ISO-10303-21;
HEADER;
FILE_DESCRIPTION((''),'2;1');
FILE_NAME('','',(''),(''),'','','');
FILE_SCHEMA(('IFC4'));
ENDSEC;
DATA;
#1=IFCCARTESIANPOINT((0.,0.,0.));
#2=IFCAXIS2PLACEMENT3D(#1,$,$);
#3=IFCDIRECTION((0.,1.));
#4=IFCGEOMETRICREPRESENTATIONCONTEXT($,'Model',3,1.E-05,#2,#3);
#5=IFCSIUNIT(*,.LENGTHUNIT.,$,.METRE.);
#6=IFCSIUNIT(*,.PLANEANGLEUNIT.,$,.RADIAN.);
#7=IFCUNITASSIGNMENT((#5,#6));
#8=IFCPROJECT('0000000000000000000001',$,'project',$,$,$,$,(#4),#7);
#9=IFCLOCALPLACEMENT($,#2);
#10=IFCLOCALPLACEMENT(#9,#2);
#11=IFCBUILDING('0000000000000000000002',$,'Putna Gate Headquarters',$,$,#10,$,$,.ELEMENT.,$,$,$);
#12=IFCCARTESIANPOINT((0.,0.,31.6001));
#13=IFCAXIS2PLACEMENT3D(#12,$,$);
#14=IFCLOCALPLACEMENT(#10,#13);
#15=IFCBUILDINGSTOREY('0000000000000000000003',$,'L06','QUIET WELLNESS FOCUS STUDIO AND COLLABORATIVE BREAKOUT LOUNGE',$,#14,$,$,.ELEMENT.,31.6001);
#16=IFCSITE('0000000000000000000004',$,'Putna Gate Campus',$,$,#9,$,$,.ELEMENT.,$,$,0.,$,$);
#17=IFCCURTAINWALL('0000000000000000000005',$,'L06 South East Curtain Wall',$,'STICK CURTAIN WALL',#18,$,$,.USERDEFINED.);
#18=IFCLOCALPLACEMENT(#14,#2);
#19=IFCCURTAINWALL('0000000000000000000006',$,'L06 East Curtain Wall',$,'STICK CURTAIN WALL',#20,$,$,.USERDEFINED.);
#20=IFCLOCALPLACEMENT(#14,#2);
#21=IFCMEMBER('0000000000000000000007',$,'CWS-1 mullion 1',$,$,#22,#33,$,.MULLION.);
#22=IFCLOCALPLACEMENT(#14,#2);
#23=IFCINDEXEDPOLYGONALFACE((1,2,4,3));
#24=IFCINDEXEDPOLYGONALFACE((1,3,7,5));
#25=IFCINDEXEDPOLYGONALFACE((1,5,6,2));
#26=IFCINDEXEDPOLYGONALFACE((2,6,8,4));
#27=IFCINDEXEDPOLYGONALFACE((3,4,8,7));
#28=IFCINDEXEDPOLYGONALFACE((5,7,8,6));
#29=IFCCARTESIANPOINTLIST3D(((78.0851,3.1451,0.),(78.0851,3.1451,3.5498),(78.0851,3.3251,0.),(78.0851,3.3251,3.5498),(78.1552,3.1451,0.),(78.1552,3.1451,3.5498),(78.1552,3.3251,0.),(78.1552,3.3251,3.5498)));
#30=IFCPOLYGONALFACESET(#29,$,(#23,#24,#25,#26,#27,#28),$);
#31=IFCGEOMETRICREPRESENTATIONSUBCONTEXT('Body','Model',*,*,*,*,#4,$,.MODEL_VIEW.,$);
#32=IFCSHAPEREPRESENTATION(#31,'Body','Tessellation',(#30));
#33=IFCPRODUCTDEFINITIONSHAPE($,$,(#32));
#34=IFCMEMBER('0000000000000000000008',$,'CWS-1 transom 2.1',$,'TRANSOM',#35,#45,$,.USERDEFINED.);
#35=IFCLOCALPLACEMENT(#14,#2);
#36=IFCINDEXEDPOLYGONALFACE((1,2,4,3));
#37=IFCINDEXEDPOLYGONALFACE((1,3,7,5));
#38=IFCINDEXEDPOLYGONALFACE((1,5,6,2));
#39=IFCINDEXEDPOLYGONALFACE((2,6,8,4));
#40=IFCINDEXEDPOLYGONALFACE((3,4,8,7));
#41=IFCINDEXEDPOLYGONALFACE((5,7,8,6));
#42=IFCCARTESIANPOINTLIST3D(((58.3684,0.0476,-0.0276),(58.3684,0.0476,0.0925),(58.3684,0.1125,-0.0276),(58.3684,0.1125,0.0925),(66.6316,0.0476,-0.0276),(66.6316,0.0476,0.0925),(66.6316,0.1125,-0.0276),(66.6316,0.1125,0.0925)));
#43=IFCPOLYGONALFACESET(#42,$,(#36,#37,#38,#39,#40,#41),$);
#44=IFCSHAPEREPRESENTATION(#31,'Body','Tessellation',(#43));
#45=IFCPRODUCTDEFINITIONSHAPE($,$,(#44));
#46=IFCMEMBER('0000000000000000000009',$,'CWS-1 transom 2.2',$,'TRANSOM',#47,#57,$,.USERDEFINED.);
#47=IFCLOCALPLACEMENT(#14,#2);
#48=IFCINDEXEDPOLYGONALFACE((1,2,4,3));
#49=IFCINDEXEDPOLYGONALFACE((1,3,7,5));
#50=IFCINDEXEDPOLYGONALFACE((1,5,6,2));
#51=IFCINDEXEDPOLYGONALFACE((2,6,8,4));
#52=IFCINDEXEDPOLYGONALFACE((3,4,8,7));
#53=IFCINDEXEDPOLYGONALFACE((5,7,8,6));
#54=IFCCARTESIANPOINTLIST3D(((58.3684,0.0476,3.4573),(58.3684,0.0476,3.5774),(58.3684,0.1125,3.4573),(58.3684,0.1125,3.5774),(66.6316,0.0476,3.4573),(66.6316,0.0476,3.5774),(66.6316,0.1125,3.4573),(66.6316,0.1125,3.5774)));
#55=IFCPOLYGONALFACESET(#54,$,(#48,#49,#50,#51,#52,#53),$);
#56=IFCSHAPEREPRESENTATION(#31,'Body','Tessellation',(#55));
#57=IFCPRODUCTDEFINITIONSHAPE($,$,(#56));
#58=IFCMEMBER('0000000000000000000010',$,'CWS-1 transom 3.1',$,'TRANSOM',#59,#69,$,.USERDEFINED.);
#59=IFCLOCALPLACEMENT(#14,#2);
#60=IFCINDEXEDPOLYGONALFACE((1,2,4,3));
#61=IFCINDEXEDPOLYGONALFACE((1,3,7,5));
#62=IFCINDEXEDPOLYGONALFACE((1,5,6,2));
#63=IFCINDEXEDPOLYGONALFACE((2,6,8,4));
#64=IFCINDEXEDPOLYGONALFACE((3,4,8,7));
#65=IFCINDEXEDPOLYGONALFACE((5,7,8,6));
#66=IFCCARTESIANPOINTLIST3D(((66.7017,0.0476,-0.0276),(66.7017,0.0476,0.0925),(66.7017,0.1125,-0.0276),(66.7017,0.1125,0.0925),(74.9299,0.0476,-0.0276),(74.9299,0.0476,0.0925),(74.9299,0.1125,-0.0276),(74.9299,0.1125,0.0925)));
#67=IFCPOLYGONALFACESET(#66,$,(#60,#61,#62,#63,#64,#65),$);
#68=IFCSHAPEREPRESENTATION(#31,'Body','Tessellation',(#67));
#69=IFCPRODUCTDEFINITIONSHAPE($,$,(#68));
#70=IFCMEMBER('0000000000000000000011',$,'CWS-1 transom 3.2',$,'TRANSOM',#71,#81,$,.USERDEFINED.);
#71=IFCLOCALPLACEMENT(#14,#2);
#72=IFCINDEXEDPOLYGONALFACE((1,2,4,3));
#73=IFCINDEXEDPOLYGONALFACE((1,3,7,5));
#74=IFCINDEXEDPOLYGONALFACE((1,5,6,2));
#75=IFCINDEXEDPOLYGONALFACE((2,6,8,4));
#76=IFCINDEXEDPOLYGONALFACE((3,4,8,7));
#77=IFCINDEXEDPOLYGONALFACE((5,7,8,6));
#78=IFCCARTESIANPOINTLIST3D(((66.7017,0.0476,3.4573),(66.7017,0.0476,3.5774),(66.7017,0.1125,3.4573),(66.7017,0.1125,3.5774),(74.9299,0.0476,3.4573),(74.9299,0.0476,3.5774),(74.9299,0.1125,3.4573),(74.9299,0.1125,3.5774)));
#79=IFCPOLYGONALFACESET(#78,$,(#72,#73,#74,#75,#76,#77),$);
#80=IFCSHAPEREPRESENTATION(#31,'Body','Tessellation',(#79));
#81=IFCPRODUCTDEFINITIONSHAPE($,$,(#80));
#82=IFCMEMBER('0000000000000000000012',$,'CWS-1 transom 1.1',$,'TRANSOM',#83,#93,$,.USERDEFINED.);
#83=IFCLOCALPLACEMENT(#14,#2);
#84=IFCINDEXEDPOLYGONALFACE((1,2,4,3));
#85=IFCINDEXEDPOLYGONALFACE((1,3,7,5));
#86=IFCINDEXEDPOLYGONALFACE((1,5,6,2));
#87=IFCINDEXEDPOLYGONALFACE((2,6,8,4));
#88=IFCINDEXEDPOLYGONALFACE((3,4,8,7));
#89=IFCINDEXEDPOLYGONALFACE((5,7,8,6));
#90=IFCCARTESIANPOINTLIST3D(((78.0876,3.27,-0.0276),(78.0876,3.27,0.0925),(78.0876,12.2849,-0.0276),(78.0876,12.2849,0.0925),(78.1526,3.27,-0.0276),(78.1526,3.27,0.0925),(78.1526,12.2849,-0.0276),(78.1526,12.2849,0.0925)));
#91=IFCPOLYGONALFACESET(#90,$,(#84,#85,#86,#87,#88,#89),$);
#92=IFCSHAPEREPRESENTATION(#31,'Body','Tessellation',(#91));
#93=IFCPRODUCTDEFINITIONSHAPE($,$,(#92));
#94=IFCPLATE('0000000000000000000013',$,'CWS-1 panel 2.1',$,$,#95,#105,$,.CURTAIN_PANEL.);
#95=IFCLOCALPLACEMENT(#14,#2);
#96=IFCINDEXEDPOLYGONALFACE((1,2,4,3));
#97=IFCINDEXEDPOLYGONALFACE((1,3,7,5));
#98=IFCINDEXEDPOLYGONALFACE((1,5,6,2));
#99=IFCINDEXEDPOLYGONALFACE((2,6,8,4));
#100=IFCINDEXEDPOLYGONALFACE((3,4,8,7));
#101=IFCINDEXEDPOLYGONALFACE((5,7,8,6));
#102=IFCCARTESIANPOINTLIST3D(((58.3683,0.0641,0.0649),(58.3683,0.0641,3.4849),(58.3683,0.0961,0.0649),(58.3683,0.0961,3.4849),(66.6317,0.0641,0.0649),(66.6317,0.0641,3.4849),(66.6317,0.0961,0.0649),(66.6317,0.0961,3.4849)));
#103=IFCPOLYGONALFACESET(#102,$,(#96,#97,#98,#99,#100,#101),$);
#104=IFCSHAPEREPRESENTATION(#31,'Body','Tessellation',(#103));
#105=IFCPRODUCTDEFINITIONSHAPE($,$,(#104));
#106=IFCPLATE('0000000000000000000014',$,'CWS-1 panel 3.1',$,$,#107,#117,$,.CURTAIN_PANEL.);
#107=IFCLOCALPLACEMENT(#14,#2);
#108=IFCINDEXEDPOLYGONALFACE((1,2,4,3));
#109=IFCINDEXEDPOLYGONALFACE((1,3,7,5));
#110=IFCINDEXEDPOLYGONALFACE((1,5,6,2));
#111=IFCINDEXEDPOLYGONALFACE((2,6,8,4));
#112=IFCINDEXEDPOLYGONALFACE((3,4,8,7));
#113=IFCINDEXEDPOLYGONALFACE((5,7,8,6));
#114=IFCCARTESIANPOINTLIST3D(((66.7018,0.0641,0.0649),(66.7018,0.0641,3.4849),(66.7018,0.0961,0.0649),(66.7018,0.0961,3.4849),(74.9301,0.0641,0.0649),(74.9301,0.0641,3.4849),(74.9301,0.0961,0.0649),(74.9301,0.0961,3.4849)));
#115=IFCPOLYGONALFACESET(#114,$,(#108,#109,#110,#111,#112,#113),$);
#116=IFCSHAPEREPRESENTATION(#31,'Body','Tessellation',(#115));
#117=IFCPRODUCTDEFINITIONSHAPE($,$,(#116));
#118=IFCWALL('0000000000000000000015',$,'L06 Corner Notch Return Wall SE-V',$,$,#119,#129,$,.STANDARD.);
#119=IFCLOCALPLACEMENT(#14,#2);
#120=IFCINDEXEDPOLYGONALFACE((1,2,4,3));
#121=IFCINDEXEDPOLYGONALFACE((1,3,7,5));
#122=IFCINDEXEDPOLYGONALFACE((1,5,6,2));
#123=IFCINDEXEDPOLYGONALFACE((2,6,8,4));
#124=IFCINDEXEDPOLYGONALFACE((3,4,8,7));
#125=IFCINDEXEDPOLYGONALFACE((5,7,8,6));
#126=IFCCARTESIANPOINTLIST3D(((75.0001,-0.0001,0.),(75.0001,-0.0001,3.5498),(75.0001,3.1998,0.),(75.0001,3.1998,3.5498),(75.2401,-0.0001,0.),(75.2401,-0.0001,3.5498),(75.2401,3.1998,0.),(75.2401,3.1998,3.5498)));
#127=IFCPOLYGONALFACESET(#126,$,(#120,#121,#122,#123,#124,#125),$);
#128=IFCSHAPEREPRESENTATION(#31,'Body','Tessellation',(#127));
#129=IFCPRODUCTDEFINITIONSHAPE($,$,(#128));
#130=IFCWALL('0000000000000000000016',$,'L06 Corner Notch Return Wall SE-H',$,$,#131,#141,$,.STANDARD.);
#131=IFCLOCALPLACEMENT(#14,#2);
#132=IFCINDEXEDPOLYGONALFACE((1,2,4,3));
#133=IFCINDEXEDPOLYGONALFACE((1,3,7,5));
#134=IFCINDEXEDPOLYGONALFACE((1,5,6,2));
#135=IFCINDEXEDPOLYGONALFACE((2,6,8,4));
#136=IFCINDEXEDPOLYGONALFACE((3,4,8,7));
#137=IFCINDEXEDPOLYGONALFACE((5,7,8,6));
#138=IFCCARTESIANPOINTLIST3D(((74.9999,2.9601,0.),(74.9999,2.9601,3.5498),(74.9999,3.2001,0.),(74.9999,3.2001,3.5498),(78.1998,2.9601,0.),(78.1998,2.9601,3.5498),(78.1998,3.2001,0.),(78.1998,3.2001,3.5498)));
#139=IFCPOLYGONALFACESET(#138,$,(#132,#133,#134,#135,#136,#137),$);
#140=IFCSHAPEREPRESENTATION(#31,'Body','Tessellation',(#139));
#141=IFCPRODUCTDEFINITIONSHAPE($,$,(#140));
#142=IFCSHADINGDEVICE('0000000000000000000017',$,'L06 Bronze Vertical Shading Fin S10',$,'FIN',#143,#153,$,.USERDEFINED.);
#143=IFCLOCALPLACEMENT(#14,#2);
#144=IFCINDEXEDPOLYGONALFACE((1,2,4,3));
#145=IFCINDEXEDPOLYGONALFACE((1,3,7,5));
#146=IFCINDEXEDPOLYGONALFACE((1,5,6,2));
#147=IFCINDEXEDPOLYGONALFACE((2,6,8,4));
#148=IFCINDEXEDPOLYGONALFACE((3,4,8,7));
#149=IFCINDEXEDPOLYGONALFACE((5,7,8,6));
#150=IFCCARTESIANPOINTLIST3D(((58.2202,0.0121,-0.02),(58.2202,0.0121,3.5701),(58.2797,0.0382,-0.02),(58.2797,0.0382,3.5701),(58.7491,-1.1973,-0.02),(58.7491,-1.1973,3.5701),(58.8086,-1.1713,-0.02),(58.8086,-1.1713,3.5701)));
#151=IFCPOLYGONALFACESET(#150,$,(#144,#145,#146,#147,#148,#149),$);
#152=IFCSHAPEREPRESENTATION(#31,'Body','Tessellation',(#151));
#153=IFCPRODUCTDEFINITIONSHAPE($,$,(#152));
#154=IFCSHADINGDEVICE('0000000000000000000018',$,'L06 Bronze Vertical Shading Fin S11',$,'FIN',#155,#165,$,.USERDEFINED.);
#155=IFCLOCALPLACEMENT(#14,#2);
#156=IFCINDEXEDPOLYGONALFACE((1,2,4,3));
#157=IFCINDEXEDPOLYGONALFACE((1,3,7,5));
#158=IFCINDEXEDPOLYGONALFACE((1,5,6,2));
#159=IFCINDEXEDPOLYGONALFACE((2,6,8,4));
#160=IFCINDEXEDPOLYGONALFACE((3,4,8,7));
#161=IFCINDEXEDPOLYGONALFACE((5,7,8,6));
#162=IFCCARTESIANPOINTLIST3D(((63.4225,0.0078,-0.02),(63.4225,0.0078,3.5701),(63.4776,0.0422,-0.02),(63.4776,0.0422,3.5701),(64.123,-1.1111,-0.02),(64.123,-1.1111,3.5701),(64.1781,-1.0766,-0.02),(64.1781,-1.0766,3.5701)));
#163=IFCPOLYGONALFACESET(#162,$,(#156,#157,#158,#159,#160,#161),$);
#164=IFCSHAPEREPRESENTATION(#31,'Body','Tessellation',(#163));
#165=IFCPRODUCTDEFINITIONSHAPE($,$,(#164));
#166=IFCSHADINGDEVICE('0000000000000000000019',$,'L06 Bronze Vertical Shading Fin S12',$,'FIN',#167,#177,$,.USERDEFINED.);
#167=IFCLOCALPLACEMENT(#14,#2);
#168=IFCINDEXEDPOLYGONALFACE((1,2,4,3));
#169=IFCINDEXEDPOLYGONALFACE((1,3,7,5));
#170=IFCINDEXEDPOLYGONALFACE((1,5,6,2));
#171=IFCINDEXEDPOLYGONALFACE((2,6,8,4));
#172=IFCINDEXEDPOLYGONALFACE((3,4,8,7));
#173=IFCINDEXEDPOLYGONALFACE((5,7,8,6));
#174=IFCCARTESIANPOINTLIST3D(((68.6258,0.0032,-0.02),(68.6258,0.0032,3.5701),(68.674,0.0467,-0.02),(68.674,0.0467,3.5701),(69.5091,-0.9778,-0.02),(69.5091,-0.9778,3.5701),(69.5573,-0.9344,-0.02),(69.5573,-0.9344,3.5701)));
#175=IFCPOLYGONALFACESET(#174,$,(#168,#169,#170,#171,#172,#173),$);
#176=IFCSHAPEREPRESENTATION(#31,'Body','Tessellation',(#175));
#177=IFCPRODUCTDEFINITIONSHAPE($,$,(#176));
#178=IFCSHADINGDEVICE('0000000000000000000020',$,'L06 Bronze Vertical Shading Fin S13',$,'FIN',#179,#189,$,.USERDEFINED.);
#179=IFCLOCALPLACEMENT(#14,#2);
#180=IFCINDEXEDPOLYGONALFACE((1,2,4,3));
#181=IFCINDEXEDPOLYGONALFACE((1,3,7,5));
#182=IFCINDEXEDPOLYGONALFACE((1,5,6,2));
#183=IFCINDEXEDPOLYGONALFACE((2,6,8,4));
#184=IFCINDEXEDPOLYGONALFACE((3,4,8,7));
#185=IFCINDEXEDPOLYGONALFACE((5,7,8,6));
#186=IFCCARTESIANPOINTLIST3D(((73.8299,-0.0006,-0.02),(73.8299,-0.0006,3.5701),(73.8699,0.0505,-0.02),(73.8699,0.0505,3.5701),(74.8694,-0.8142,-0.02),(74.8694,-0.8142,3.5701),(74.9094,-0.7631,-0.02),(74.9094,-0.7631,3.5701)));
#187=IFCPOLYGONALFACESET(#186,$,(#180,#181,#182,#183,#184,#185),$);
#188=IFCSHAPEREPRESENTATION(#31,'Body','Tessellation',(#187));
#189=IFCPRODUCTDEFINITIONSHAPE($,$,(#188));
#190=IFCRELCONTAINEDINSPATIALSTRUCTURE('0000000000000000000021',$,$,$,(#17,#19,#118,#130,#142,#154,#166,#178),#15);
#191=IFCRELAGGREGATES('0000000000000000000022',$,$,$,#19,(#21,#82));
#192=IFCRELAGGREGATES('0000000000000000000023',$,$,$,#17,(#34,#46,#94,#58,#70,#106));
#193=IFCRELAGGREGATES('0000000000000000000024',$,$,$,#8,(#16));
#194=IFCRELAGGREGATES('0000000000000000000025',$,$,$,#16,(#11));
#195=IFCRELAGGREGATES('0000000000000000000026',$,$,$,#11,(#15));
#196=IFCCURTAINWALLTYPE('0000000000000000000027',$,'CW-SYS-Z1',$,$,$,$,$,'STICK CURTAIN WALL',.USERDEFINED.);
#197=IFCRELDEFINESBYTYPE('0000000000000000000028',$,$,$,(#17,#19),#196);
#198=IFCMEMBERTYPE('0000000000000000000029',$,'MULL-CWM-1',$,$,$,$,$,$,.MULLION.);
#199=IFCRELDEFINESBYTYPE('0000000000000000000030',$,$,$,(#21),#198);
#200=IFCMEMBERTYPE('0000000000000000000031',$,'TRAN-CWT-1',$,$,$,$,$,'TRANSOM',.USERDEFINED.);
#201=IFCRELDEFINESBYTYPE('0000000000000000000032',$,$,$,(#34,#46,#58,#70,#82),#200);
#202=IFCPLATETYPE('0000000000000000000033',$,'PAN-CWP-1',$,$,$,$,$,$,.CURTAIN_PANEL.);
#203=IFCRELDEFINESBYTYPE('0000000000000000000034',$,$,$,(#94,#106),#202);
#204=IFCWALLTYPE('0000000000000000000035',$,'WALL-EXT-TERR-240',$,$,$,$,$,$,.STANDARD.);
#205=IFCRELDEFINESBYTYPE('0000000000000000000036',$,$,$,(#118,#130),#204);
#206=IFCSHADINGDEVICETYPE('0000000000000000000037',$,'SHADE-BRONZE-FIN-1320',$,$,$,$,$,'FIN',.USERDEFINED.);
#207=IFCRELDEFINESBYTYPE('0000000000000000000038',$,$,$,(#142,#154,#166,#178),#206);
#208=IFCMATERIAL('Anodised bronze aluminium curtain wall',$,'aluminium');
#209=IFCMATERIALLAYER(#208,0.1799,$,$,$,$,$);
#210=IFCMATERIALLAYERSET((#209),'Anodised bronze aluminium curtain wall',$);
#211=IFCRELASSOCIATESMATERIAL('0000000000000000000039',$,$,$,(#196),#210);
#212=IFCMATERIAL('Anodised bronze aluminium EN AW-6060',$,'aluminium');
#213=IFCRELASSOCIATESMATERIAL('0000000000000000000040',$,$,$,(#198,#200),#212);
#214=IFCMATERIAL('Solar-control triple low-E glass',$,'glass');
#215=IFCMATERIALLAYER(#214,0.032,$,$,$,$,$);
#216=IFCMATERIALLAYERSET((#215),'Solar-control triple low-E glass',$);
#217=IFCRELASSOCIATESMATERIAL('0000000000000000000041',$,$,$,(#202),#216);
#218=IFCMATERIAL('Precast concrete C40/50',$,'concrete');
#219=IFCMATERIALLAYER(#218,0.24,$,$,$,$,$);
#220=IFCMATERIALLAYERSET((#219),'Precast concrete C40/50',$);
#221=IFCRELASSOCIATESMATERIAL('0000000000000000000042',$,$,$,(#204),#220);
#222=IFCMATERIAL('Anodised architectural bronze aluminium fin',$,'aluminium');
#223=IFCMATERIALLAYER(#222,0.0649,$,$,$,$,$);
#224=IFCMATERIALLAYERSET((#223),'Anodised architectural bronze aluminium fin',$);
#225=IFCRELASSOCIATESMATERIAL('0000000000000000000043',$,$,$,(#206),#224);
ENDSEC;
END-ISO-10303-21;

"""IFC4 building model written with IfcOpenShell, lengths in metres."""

from ifc_helpers import new_model, si_unit, direction, frame, frame_2d, origin, origin_2d, place, context, subcontext, project, spatial, rectangle, extrude, material, layer, layer_set, material_profile, profile_set, type_object, element, aggregate, save


model = new_model("IFC4")

# Units and contexts
model_context = context("Model", 3, precision=1e-05, world=origin(), true_north=direction((0.0, 1.0)))
body_context = subcontext(model_context, "Body", "Model", "MODEL_VIEW")
ifc_project = project(units=[si_unit("LENGTHUNIT", "METRE"), si_unit("PLANEANGLEUNIT", "RADIAN")], contexts=[model_context])

# Site, building, storey
site_placement = place(None, origin())
site = spatial("IfcSite", under=ifc_project, at=site_placement, Name="Putna Gate Campus", CompositionType="ELEMENT", RefElevation=0.0)
building_placement = place(site_placement, origin())
building = spatial("IfcBuilding", under=site, at=building_placement, Name="Putna Gate Headquarters", CompositionType="ELEMENT")
storey_placement = place(building_placement, frame((0.0, 0.0, 31.6001)))
storey = spatial("IfcBuildingStorey", under=building, at=storey_placement, Name="L06", Description="QUIET WELLNESS FOCUS STUDIO AND COLLABORATIVE BREAKOUT LOUNGE", CompositionType="ELEMENT", Elevation=31.6001)

# Curtain wall
ifc_material_1 = material(Name="Anodised bronze aluminium curtain wall", Category="aluminium")
ifc_layer_1 = layer(ifc_material_1, 0.1799)
ifc_layer_set_1 = layer_set([ifc_layer_1], Name="Anodised bronze aluminium curtain wall")
curtain_wall_type = type_object("IfcCurtainWallType", Name="CW-SYS-Z1", ElementType="STICK CURTAIN WALL", PredefinedType="USERDEFINED", material=ifc_layer_set_1)
curtain_wall_1_placement = place(storey_placement, origin())
curtain_wall_1 = element("IfcCurtainWall", 1, at=curtain_wall_1_placement, inside=storey, type_object=curtain_wall_type, Name="L06 South East Curtain Wall", ObjectType="STICK CURTAIN WALL", PredefinedType="USERDEFINED")
ifc_material_2 = material(Name="Anodised bronze aluminium EN AW-6060", Category="aluminium")
ifc_material_profile_1 = material_profile(ifc_material_2, rectangle(XDim=0.0701, YDim=0.1799, at=origin_2d()), Name="Anodised bronze aluminium EN AW-6060")
ifc_profile_set_1 = profile_set([ifc_material_profile_1], Name="Anodised bronze aluminium EN AW-6060")
member_type_1 = type_object("IfcMemberType", Name="MULL-CWM-1", PredefinedType="MULLION", material=ifc_profile_set_1)

# Curtain wall, member
curtain_wall_2_placement = place(storey_placement, origin())
curtain_wall_2 = element("IfcCurtainWall", 2, at=curtain_wall_2_placement, inside=storey, type_object=curtain_wall_type, Name="L06 East Curtain Wall", ObjectType="STICK CURTAIN WALL", PredefinedType="USERDEFINED")
member_1_placement = place(storey_placement, frame((78.1201, 3.2351, 0.0), z_axis=(0.0, 0.0, 1.0), x_axis=(-1.0, 0.0, 0.0)))
member_1 = element("IfcMember", 3, at=member_1_placement, type_object=member_type_1, Name="CWS-1 mullion 1", PredefinedType="MULLION", context=body_context, shape_type="SweptSolid", body=[
    extrude(rectangle(XDim=0.0701, YDim=0.1799, at=origin_2d()), origin(), (0.0, 0.0, 1.0), 3.5498),
])

# Members
ifc_material_profile_2 = material_profile(ifc_material_2, rectangle(XDim=0.0649, YDim=0.1201, at=origin_2d()), Name="Anodised bronze aluminium EN AW-6060")
ifc_profile_set_2 = profile_set([ifc_material_profile_2], Name="Anodised bronze aluminium EN AW-6060")
member_type_2 = type_object("IfcMemberType", Name="TRAN-CWT-1", ElementType="TRANSOM", PredefinedType="USERDEFINED", material=ifc_profile_set_2)
member_2_placement = place(storey_placement, frame((58.3684, 0.0801, 0.0325), z_axis=(1.0, 0.0, 0.0), x_axis=(0.0, 1.0, 0.0)))
member_2 = element("IfcMember", 4, at=member_2_placement, type_object=member_type_2, Name="CWS-1 transom 2.1", ObjectType="TRANSOM", PredefinedType="USERDEFINED", context=body_context, shape_type="SweptSolid", body=[
    extrude(rectangle(XDim=0.0649, YDim=0.1201, at=origin_2d()), origin(), (0.0, 0.0, 1.0), 8.2632),
])
member_3_placement = place(storey_placement, frame((58.3684, 0.0801, 3.5173), z_axis=(1.0, 0.0, 0.0), x_axis=(0.0, 1.0, 0.0)))
member_3 = element("IfcMember", 5, at=member_3_placement, type_object=member_type_2, Name="CWS-1 transom 2.2", ObjectType="TRANSOM", PredefinedType="USERDEFINED", context=body_context, shape_type="SweptSolid", body=[
    extrude(rectangle(XDim=0.0649, YDim=0.1201, at=origin_2d()), origin(), (0.0, 0.0, 1.0), 8.2632),
])
member_4_placement = place(storey_placement, frame((66.7017, 0.0801, 0.0325), z_axis=(1.0, 0.0, 0.0), x_axis=(0.0, 1.0, 0.0)))
member_4 = element("IfcMember", 6, at=member_4_placement, type_object=member_type_2, Name="CWS-1 transom 3.1", ObjectType="TRANSOM", PredefinedType="USERDEFINED", context=body_context, shape_type="SweptSolid", body=[
    extrude(rectangle(XDim=0.0649, YDim=0.1201, at=origin_2d()), origin(), (0.0, 0.0, 1.0), 8.2283),
])
member_5_placement = place(storey_placement, frame((66.7017, 0.0801, 3.5173), z_axis=(1.0, 0.0, 0.0), x_axis=(0.0, 1.0, 0.0)))
member_5 = element("IfcMember", 7, at=member_5_placement, type_object=member_type_2, Name="CWS-1 transom 3.2", ObjectType="TRANSOM", PredefinedType="USERDEFINED", context=body_context, shape_type="SweptSolid", body=[
    extrude(rectangle(XDim=0.0649, YDim=0.1201, at=origin_2d()), origin(), (0.0, 0.0, 1.0), 8.2283),
])
member_6_placement = place(storey_placement, frame((78.1201, 3.27, 0.0325), z_axis=(0.0, 1.0, 0.0), x_axis=(-1.0, 0.0, 0.0)))
member_6 = element("IfcMember", 8, at=member_6_placement, type_object=member_type_2, Name="CWS-1 transom 1.1", ObjectType="TRANSOM", PredefinedType="USERDEFINED", context=body_context, shape_type="SweptSolid", body=[
    extrude(rectangle(XDim=0.0649, YDim=0.1201, at=origin_2d()), origin(), (0.0, 0.0, 1.0), 9.0149),
])
aggregate(curtain_wall_2, [member_1, member_6])

# Plates
ifc_material_3 = material(Name="Solar-control triple low-E glass", Category="glass")
ifc_layer_2 = layer(ifc_material_3, 0.032)
ifc_layer_set_2 = layer_set([ifc_layer_2], Name="Solar-control triple low-E glass")
plate_type = type_object("IfcPlateType", Name="PAN-CWP-1", PredefinedType="CURTAIN_PANEL", material=ifc_layer_set_2)
plate_1_placement = place(storey_placement, frame((62.5, 0.0801, 0.0649), z_axis=(0.0, 0.0, 1.0), x_axis=(1.0, 0.0, 0.0)))
plate_1 = element("IfcPlate", 9, at=plate_1_placement, type_object=plate_type, Name="CWS-1 panel 2.1", PredefinedType="CURTAIN_PANEL", context=body_context, shape_type="SweptSolid", body=[
    extrude(rectangle(XDim=8.2634, YDim=0.032, at=origin_2d()), origin(), (0.0, 0.0, 1.0), 3.4199),
])
plate_2_placement = place(storey_placement, frame((70.8159, 0.0801, 0.0649), z_axis=(0.0, 0.0, 1.0), x_axis=(1.0, 0.0, 0.0)))
plate_2 = element("IfcPlate", 10, at=plate_2_placement, type_object=plate_type, Name="CWS-1 panel 3.1", PredefinedType="CURTAIN_PANEL", context=body_context, shape_type="SweptSolid", body=[
    extrude(rectangle(XDim=8.2283, YDim=0.032, at=origin_2d()), origin(), (0.0, 0.0, 1.0), 3.4199),
])
aggregate(curtain_wall_1, [member_2, member_3, plate_1, member_4, member_5, plate_2])

# Walls
ifc_material_4 = material(Name="Precast concrete C40/50", Category="concrete")
ifc_layer_3 = layer(ifc_material_4, 0.24)
ifc_layer_set_3 = layer_set([ifc_layer_3], Name="Precast concrete C40/50")
wall_type = type_object("IfcWallType", Name="WALL-EXT-TERR-240", PredefinedType="STANDARD", material=ifc_layer_set_3)
for number, where, z_axis, x_axis, name in (
    (11, (75.1201, 3.2, 0.0), (0.0, 0.0, 1.0), (0.0, -1.0, 0.0), "L06 Corner Notch Return Wall SE-V"),
    (12, (78.2, 3.0801, 0.0), (0.0, 0.0, 1.0), (-1.0, 0.0, 0.0), "L06 Corner Notch Return Wall SE-H"),
):
    element("IfcWall", number, at=place(storey_placement, frame(where, z_axis=z_axis, x_axis=x_axis)), inside=storey, type_object=wall_type, Name=name, PredefinedType="STANDARD", context=body_context, shape_type="SweptSolid", body=[
        extrude(rectangle(XDim=3.2, YDim=0.24, at=frame_2d((1.6001, 0.0))), origin(), (0.0, 0.0, 1.0), 3.5498),
    ])

# Shading devices
ifc_material_5 = material(Name="Anodised architectural bronze aluminium fin", Category="aluminium")
ifc_layer_4 = layer(ifc_material_5, 0.0649)
ifc_layer_set_4 = layer_set([ifc_layer_4], Name="Anodised architectural bronze aluminium fin")
shading_device_type = type_object("IfcShadingDeviceType", Name="SHADE-BRONZE-FIN-1320", ElementType="FIN", PredefinedType="USERDEFINED", material=ifc_layer_set_4)
for number, where, z_axis, x_axis, name in (
    (13, (58.5144, -0.5796, -0.02), (0.0, 0.0, 1.0), (0.400669, -0.916223, 0.0), "L06 Bronze Vertical Shading Fin S10"),
    (14, (63.8003, -0.5344, -0.02), (0.0, 0.0, 1.0), (0.530659, -0.847585, 0.0), "L06 Bronze Vertical Shading Fin S11"),
    (15, (69.0916, -0.4656, -0.02), (0.0, 0.0, 1.0), (0.669131, -0.743145, 0.0), "L06 Bronze Vertical Shading Fin S12"),
    (16, (74.3696, -0.3818, -0.02), (0.0, 0.0, 1.0), (0.787473, -0.616349, 0.0), "L06 Bronze Vertical Shading Fin S13"),
):
    element("IfcShadingDevice", number, at=place(storey_placement, frame(where, z_axis=z_axis, x_axis=x_axis)), inside=storey, type_object=shading_device_type, Name=name, ObjectType="FIN", PredefinedType="USERDEFINED", context=body_context, shape_type="SweptSolid", body=[
        extrude(rectangle(XDim=1.3201, YDim=0.0649, at=origin_2d()), origin(), (0.0, 0.0, 1.0), 3.5901),
    ])

save(model, "model.ifc")
